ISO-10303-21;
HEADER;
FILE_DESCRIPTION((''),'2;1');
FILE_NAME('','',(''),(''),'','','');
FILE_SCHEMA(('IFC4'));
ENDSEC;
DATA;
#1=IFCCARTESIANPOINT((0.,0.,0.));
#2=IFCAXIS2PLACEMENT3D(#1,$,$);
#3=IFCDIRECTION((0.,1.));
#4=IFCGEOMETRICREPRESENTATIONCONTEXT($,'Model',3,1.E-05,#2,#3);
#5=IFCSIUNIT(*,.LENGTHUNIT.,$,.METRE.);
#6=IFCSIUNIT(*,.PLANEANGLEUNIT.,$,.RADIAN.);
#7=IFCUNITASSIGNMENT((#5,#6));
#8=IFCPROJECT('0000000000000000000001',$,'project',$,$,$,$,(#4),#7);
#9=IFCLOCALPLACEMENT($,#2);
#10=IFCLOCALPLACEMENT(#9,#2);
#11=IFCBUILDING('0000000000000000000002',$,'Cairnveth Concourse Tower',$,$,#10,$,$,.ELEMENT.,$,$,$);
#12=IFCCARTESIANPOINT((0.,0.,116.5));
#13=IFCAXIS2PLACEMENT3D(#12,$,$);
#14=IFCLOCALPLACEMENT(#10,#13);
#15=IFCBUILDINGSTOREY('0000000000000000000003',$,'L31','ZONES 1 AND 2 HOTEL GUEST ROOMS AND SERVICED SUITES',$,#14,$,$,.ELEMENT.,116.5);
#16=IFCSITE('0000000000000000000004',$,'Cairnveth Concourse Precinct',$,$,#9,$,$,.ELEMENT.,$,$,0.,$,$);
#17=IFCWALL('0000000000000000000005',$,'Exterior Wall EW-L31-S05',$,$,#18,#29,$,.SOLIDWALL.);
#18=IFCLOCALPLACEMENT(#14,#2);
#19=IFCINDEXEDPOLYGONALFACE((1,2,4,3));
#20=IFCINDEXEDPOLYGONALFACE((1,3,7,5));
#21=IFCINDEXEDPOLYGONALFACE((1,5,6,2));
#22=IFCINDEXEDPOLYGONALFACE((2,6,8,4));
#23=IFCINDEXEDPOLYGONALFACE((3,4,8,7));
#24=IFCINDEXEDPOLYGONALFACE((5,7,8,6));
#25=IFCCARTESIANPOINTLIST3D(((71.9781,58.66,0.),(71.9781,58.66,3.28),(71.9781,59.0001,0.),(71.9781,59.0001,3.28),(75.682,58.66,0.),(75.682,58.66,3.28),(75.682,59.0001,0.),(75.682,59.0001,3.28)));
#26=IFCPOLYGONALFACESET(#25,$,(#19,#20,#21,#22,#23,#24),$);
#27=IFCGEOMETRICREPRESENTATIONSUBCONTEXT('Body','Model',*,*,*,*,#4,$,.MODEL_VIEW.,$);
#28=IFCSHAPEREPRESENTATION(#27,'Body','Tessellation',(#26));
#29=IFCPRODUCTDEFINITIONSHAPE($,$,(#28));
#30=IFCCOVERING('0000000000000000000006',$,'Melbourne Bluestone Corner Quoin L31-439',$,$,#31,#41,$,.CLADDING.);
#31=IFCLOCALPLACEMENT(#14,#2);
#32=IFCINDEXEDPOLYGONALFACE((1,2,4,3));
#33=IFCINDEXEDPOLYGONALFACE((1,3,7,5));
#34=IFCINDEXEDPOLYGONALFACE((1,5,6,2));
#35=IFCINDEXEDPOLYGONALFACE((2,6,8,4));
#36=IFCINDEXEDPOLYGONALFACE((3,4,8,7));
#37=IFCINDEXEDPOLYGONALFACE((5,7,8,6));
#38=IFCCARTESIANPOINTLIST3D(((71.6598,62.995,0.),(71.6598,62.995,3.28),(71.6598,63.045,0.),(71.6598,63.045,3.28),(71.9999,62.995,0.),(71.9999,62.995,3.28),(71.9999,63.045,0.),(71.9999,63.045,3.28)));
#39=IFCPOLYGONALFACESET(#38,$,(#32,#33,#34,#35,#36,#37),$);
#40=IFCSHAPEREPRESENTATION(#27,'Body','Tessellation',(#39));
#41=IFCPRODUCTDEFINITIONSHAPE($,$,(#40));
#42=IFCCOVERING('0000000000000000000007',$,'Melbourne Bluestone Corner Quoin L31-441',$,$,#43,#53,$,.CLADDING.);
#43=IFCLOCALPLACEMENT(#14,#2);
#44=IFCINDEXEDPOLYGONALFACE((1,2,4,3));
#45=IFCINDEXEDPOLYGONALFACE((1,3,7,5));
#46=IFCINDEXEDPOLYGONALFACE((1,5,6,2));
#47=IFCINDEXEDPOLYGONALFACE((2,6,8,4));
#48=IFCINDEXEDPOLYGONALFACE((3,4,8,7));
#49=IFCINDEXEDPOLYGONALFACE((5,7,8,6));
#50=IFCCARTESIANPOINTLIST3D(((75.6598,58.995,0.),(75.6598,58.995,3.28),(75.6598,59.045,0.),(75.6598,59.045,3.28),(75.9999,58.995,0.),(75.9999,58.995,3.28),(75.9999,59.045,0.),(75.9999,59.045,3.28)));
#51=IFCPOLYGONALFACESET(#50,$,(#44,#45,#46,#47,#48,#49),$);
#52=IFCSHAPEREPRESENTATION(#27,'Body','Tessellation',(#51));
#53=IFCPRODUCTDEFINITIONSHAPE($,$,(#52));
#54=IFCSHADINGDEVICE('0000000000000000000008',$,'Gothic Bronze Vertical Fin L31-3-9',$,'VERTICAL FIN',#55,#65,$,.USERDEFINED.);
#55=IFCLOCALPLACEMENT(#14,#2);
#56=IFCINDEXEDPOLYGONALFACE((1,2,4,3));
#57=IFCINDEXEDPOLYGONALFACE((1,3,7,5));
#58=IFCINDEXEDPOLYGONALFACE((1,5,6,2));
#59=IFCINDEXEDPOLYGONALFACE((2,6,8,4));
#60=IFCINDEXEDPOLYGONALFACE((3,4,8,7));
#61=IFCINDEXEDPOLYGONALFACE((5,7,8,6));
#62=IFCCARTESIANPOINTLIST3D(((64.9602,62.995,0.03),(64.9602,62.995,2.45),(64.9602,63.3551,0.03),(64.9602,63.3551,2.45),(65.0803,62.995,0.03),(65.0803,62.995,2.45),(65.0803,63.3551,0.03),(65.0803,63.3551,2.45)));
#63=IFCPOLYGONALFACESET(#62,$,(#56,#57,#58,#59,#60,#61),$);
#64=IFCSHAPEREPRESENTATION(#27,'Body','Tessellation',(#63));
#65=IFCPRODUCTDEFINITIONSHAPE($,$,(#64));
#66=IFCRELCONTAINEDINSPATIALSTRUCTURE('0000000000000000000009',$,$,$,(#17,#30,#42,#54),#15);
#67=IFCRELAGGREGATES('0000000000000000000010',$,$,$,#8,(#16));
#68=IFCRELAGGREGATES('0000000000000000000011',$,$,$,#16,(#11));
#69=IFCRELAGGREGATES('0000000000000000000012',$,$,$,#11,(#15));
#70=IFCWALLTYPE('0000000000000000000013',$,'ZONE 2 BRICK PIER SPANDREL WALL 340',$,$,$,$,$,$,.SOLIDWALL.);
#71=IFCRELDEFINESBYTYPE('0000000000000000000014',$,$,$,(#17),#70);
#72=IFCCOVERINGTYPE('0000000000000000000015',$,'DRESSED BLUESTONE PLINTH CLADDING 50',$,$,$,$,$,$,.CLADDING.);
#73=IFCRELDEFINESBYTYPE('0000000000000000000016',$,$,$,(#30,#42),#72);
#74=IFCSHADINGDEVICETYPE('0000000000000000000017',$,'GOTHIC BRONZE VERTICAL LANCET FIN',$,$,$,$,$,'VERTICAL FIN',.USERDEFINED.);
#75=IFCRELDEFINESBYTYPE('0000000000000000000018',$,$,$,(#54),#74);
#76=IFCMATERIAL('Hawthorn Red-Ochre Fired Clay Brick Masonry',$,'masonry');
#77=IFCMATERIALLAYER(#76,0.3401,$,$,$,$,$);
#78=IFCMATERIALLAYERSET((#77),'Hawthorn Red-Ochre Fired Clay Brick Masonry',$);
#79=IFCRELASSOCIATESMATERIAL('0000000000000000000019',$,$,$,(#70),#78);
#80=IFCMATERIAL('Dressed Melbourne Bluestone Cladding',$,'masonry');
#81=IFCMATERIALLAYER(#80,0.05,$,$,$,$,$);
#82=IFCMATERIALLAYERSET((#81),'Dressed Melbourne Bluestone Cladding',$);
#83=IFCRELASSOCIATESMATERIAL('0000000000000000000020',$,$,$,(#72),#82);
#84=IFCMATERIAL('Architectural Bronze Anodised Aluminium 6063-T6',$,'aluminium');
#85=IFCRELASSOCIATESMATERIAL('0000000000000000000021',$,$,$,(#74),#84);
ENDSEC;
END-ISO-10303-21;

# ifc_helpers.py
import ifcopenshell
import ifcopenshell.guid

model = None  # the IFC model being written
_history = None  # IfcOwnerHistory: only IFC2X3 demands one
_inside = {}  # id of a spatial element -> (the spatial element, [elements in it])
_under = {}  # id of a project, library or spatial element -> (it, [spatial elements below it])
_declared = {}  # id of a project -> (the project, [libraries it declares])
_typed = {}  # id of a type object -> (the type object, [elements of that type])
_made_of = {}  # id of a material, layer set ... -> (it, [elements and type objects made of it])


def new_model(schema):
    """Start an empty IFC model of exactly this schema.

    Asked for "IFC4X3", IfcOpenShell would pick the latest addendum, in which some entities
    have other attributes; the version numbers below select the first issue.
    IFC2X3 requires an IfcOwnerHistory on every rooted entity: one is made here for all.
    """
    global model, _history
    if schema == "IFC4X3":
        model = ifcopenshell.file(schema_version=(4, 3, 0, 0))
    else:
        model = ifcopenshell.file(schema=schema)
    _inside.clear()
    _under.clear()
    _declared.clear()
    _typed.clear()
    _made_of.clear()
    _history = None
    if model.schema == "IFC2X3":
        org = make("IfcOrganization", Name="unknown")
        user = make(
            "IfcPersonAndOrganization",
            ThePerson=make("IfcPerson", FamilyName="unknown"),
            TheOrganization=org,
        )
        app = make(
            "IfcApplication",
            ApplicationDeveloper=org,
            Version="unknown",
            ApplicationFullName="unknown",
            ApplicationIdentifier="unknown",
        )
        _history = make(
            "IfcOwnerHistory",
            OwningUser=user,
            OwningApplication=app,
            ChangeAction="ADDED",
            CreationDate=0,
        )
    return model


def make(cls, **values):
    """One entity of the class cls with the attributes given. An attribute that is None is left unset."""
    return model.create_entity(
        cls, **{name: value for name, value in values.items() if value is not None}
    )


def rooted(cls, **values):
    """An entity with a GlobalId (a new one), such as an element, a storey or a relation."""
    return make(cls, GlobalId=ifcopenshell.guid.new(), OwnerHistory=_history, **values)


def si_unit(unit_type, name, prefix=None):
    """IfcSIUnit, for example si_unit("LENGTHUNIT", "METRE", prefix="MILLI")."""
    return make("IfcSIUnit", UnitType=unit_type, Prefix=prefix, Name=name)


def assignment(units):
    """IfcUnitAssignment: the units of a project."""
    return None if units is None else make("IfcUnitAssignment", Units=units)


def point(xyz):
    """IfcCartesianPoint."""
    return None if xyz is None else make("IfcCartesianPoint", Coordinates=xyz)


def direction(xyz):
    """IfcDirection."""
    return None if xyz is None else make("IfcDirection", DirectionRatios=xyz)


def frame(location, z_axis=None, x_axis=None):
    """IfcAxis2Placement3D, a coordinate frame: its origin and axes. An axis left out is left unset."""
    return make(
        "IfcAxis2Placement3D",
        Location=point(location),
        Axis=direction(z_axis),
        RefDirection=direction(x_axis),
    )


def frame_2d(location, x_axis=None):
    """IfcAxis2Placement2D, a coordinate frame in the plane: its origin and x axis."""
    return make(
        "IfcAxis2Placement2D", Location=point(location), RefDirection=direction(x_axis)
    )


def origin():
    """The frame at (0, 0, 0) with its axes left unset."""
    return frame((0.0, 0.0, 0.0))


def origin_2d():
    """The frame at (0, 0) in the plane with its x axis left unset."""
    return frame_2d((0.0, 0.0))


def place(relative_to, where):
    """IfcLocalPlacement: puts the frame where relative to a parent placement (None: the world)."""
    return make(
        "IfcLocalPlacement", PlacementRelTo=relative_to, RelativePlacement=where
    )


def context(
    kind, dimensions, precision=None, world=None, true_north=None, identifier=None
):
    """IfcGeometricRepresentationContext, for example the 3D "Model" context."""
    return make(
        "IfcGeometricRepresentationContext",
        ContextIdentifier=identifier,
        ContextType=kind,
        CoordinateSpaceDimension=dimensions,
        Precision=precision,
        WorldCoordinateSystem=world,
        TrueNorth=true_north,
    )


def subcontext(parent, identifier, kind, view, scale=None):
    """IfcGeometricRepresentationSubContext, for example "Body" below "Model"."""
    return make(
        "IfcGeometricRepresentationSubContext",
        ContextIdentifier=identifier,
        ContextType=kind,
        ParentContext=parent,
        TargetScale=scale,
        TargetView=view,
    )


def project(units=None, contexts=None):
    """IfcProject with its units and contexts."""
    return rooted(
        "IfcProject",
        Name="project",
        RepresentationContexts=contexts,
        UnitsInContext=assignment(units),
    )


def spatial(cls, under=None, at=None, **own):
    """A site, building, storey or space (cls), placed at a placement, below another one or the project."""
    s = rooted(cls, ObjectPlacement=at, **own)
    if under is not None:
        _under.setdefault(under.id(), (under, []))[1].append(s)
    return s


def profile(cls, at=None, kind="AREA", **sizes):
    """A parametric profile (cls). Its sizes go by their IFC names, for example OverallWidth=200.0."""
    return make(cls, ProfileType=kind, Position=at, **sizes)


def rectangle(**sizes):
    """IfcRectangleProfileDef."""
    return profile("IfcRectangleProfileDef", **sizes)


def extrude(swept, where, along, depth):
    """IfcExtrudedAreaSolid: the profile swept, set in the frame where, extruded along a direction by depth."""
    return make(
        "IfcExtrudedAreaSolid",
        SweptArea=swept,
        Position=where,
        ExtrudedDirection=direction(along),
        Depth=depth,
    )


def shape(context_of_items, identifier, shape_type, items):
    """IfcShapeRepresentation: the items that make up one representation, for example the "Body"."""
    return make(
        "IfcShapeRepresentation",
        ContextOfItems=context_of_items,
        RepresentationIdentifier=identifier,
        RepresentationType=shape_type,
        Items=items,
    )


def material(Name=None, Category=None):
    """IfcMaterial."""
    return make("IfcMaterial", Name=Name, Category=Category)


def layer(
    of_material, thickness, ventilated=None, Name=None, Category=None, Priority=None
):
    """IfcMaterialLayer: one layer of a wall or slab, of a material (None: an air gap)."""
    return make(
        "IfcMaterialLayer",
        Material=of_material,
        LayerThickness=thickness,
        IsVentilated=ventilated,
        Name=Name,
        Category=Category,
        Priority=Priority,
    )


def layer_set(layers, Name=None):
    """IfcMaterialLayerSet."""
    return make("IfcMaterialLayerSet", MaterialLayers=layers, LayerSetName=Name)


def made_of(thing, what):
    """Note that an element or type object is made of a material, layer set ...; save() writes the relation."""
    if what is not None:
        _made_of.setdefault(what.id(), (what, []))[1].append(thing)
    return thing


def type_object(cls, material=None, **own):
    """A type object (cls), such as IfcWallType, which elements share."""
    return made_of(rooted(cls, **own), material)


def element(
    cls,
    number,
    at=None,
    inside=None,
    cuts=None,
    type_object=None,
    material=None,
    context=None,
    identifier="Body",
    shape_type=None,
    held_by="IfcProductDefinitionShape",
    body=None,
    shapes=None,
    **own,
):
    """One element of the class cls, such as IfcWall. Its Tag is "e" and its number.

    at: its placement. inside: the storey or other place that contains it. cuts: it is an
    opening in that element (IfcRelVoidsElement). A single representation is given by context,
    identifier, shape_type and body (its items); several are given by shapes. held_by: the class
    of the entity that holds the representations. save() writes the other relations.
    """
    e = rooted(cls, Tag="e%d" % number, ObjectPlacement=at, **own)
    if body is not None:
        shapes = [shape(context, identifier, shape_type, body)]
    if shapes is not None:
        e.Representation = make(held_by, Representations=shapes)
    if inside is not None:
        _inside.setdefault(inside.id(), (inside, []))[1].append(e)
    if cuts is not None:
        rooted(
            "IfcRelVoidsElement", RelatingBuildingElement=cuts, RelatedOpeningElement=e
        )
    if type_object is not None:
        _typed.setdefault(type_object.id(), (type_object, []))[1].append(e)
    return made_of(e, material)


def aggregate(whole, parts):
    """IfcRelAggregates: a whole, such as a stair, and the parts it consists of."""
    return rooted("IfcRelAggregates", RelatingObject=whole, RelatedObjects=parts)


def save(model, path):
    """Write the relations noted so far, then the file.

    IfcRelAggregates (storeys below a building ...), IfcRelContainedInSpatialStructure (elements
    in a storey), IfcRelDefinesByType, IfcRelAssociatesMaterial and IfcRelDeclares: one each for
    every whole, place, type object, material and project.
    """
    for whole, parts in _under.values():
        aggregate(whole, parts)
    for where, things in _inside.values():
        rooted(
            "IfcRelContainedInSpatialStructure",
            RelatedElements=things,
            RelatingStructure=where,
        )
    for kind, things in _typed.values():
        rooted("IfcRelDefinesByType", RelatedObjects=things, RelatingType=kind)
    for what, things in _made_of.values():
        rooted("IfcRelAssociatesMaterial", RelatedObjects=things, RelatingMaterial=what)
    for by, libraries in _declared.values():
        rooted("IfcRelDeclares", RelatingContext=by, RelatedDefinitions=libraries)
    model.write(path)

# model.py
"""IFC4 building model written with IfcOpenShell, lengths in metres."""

from ifc_helpers import new_model, si_unit, direction, frame, frame_2d, origin, origin_2d, place, context, subcontext, project, spatial, rectangle, extrude, material, layer, layer_set, type_object, element, save


model = new_model("IFC4")

# Units and contexts
model_context = context("Model", 3, precision=1e-05, world=origin(), true_north=direction((0.0, 1.0)))
body_context = subcontext(model_context, "Body", "Model", "MODEL_VIEW")
ifc_project = project(units=[si_unit("LENGTHUNIT", "METRE"), si_unit("PLANEANGLEUNIT", "RADIAN")], contexts=[model_context])

# Site, building, storey
site_placement = place(None, origin())
site = spatial("IfcSite", under=ifc_project, at=site_placement, Name="Cairnveth Concourse Precinct", CompositionType="ELEMENT", RefElevation=0.0)
building_placement = place(site_placement, origin())
building = spatial("IfcBuilding", under=site, at=building_placement, Name="Cairnveth Concourse Tower", CompositionType="ELEMENT")
storey_placement = place(building_placement, frame((0.0, 0.0, 116.5)))
storey = spatial("IfcBuildingStorey", under=building, at=storey_placement, Name="L31", Description="ZONES 1 AND 2 HOTEL GUEST ROOMS AND SERVICED SUITES", CompositionType="ELEMENT", Elevation=116.5)

# Wall
ifc_material_1 = material(Name="Hawthorn Red-Ochre Fired Clay Brick Masonry", Category="masonry")
ifc_layer_1 = layer(ifc_material_1, 0.3401)
ifc_layer_set_1 = layer_set([ifc_layer_1], Name="Hawthorn Red-Ochre Fired Clay Brick Masonry")
wall_type = type_object("IfcWallType", Name="ZONE 2 BRICK PIER SPANDREL WALL 340", PredefinedType="SOLIDWALL", material=ifc_layer_set_1)
wall_1_placement = place(storey_placement, frame((71.978, 58.8301, 0.0), z_axis=(0.0, 0.0, 1.0), x_axis=(1.0, 0.0, 0.0)))
element("IfcWall", 1, at=wall_1_placement, inside=storey, type_object=wall_type, Name="Exterior Wall EW-L31-S05", PredefinedType="SOLIDWALL", context=body_context, shape_type="SweptSolid", body=[
    extrude(rectangle(XDim=3.7039, YDim=0.3401, at=frame_2d((1.8521, 0.0))), origin(), (0.0, 0.0, 1.0), 3.28),
])

# Coverings
ifc_material_2 = material(Name="Dressed Melbourne Bluestone Cladding", Category="masonry")
ifc_layer_2 = layer(ifc_material_2, 0.05)
ifc_layer_set_2 = layer_set([ifc_layer_2], Name="Dressed Melbourne Bluestone Cladding")
covering_type = type_object("IfcCoveringType", Name="DRESSED BLUESTONE PLINTH CLADDING 50", PredefinedType="CLADDING", material=ifc_layer_set_2)
for number, where, z_axis, x_axis, name in (
    (2, (71.6599, 63.02, 0.0), (0.0, 0.0, 1.0), (1.0, 0.0, 0.0), "Melbourne Bluestone Corner Quoin L31-439"),
    (3, (75.6599, 59.02, 0.0), (0.0, 0.0, 1.0), (1.0, 0.0, 0.0), "Melbourne Bluestone Corner Quoin L31-441"),
):
    element("IfcCovering", number, at=place(storey_placement, frame(where, z_axis=z_axis, x_axis=x_axis)), inside=storey, type_object=covering_type, Name=name, PredefinedType="CLADDING", context=body_context, shape_type="SweptSolid", body=[
        extrude(rectangle(XDim=0.3401, YDim=0.05, at=frame_2d((0.1699, 0.0))), origin(), (0.0, 0.0, 1.0), 3.28),
    ])

# Shading device
ifc_material_3 = material(Name="Architectural Bronze Anodised Aluminium 6063-T6", Category="aluminium")
shading_device_type = type_object("IfcShadingDeviceType", Name="GOTHIC BRONZE VERTICAL LANCET FIN", ElementType="VERTICAL FIN", PredefinedType="USERDEFINED", material=ifc_material_3)
shading_device_placement = place(storey_placement, frame((65.0203, 63.175, 0.03), z_axis=(0.0, 0.0, 1.0), x_axis=(1.0, 0.0, 0.0)))
element("IfcShadingDevice", 4, at=shading_device_placement, inside=storey, type_object=shading_device_type, Name="Gothic Bronze Vertical Fin L31-3-9", ObjectType="VERTICAL FIN", PredefinedType="USERDEFINED", context=body_context, shape_type="SweptSolid", body=[
    extrude(rectangle(XDim=0.1201, YDim=0.3601, at=origin_2d()), origin(), (0.0, 0.0, 1.0), 2.4199),
])

save(model, "model.ifc")
